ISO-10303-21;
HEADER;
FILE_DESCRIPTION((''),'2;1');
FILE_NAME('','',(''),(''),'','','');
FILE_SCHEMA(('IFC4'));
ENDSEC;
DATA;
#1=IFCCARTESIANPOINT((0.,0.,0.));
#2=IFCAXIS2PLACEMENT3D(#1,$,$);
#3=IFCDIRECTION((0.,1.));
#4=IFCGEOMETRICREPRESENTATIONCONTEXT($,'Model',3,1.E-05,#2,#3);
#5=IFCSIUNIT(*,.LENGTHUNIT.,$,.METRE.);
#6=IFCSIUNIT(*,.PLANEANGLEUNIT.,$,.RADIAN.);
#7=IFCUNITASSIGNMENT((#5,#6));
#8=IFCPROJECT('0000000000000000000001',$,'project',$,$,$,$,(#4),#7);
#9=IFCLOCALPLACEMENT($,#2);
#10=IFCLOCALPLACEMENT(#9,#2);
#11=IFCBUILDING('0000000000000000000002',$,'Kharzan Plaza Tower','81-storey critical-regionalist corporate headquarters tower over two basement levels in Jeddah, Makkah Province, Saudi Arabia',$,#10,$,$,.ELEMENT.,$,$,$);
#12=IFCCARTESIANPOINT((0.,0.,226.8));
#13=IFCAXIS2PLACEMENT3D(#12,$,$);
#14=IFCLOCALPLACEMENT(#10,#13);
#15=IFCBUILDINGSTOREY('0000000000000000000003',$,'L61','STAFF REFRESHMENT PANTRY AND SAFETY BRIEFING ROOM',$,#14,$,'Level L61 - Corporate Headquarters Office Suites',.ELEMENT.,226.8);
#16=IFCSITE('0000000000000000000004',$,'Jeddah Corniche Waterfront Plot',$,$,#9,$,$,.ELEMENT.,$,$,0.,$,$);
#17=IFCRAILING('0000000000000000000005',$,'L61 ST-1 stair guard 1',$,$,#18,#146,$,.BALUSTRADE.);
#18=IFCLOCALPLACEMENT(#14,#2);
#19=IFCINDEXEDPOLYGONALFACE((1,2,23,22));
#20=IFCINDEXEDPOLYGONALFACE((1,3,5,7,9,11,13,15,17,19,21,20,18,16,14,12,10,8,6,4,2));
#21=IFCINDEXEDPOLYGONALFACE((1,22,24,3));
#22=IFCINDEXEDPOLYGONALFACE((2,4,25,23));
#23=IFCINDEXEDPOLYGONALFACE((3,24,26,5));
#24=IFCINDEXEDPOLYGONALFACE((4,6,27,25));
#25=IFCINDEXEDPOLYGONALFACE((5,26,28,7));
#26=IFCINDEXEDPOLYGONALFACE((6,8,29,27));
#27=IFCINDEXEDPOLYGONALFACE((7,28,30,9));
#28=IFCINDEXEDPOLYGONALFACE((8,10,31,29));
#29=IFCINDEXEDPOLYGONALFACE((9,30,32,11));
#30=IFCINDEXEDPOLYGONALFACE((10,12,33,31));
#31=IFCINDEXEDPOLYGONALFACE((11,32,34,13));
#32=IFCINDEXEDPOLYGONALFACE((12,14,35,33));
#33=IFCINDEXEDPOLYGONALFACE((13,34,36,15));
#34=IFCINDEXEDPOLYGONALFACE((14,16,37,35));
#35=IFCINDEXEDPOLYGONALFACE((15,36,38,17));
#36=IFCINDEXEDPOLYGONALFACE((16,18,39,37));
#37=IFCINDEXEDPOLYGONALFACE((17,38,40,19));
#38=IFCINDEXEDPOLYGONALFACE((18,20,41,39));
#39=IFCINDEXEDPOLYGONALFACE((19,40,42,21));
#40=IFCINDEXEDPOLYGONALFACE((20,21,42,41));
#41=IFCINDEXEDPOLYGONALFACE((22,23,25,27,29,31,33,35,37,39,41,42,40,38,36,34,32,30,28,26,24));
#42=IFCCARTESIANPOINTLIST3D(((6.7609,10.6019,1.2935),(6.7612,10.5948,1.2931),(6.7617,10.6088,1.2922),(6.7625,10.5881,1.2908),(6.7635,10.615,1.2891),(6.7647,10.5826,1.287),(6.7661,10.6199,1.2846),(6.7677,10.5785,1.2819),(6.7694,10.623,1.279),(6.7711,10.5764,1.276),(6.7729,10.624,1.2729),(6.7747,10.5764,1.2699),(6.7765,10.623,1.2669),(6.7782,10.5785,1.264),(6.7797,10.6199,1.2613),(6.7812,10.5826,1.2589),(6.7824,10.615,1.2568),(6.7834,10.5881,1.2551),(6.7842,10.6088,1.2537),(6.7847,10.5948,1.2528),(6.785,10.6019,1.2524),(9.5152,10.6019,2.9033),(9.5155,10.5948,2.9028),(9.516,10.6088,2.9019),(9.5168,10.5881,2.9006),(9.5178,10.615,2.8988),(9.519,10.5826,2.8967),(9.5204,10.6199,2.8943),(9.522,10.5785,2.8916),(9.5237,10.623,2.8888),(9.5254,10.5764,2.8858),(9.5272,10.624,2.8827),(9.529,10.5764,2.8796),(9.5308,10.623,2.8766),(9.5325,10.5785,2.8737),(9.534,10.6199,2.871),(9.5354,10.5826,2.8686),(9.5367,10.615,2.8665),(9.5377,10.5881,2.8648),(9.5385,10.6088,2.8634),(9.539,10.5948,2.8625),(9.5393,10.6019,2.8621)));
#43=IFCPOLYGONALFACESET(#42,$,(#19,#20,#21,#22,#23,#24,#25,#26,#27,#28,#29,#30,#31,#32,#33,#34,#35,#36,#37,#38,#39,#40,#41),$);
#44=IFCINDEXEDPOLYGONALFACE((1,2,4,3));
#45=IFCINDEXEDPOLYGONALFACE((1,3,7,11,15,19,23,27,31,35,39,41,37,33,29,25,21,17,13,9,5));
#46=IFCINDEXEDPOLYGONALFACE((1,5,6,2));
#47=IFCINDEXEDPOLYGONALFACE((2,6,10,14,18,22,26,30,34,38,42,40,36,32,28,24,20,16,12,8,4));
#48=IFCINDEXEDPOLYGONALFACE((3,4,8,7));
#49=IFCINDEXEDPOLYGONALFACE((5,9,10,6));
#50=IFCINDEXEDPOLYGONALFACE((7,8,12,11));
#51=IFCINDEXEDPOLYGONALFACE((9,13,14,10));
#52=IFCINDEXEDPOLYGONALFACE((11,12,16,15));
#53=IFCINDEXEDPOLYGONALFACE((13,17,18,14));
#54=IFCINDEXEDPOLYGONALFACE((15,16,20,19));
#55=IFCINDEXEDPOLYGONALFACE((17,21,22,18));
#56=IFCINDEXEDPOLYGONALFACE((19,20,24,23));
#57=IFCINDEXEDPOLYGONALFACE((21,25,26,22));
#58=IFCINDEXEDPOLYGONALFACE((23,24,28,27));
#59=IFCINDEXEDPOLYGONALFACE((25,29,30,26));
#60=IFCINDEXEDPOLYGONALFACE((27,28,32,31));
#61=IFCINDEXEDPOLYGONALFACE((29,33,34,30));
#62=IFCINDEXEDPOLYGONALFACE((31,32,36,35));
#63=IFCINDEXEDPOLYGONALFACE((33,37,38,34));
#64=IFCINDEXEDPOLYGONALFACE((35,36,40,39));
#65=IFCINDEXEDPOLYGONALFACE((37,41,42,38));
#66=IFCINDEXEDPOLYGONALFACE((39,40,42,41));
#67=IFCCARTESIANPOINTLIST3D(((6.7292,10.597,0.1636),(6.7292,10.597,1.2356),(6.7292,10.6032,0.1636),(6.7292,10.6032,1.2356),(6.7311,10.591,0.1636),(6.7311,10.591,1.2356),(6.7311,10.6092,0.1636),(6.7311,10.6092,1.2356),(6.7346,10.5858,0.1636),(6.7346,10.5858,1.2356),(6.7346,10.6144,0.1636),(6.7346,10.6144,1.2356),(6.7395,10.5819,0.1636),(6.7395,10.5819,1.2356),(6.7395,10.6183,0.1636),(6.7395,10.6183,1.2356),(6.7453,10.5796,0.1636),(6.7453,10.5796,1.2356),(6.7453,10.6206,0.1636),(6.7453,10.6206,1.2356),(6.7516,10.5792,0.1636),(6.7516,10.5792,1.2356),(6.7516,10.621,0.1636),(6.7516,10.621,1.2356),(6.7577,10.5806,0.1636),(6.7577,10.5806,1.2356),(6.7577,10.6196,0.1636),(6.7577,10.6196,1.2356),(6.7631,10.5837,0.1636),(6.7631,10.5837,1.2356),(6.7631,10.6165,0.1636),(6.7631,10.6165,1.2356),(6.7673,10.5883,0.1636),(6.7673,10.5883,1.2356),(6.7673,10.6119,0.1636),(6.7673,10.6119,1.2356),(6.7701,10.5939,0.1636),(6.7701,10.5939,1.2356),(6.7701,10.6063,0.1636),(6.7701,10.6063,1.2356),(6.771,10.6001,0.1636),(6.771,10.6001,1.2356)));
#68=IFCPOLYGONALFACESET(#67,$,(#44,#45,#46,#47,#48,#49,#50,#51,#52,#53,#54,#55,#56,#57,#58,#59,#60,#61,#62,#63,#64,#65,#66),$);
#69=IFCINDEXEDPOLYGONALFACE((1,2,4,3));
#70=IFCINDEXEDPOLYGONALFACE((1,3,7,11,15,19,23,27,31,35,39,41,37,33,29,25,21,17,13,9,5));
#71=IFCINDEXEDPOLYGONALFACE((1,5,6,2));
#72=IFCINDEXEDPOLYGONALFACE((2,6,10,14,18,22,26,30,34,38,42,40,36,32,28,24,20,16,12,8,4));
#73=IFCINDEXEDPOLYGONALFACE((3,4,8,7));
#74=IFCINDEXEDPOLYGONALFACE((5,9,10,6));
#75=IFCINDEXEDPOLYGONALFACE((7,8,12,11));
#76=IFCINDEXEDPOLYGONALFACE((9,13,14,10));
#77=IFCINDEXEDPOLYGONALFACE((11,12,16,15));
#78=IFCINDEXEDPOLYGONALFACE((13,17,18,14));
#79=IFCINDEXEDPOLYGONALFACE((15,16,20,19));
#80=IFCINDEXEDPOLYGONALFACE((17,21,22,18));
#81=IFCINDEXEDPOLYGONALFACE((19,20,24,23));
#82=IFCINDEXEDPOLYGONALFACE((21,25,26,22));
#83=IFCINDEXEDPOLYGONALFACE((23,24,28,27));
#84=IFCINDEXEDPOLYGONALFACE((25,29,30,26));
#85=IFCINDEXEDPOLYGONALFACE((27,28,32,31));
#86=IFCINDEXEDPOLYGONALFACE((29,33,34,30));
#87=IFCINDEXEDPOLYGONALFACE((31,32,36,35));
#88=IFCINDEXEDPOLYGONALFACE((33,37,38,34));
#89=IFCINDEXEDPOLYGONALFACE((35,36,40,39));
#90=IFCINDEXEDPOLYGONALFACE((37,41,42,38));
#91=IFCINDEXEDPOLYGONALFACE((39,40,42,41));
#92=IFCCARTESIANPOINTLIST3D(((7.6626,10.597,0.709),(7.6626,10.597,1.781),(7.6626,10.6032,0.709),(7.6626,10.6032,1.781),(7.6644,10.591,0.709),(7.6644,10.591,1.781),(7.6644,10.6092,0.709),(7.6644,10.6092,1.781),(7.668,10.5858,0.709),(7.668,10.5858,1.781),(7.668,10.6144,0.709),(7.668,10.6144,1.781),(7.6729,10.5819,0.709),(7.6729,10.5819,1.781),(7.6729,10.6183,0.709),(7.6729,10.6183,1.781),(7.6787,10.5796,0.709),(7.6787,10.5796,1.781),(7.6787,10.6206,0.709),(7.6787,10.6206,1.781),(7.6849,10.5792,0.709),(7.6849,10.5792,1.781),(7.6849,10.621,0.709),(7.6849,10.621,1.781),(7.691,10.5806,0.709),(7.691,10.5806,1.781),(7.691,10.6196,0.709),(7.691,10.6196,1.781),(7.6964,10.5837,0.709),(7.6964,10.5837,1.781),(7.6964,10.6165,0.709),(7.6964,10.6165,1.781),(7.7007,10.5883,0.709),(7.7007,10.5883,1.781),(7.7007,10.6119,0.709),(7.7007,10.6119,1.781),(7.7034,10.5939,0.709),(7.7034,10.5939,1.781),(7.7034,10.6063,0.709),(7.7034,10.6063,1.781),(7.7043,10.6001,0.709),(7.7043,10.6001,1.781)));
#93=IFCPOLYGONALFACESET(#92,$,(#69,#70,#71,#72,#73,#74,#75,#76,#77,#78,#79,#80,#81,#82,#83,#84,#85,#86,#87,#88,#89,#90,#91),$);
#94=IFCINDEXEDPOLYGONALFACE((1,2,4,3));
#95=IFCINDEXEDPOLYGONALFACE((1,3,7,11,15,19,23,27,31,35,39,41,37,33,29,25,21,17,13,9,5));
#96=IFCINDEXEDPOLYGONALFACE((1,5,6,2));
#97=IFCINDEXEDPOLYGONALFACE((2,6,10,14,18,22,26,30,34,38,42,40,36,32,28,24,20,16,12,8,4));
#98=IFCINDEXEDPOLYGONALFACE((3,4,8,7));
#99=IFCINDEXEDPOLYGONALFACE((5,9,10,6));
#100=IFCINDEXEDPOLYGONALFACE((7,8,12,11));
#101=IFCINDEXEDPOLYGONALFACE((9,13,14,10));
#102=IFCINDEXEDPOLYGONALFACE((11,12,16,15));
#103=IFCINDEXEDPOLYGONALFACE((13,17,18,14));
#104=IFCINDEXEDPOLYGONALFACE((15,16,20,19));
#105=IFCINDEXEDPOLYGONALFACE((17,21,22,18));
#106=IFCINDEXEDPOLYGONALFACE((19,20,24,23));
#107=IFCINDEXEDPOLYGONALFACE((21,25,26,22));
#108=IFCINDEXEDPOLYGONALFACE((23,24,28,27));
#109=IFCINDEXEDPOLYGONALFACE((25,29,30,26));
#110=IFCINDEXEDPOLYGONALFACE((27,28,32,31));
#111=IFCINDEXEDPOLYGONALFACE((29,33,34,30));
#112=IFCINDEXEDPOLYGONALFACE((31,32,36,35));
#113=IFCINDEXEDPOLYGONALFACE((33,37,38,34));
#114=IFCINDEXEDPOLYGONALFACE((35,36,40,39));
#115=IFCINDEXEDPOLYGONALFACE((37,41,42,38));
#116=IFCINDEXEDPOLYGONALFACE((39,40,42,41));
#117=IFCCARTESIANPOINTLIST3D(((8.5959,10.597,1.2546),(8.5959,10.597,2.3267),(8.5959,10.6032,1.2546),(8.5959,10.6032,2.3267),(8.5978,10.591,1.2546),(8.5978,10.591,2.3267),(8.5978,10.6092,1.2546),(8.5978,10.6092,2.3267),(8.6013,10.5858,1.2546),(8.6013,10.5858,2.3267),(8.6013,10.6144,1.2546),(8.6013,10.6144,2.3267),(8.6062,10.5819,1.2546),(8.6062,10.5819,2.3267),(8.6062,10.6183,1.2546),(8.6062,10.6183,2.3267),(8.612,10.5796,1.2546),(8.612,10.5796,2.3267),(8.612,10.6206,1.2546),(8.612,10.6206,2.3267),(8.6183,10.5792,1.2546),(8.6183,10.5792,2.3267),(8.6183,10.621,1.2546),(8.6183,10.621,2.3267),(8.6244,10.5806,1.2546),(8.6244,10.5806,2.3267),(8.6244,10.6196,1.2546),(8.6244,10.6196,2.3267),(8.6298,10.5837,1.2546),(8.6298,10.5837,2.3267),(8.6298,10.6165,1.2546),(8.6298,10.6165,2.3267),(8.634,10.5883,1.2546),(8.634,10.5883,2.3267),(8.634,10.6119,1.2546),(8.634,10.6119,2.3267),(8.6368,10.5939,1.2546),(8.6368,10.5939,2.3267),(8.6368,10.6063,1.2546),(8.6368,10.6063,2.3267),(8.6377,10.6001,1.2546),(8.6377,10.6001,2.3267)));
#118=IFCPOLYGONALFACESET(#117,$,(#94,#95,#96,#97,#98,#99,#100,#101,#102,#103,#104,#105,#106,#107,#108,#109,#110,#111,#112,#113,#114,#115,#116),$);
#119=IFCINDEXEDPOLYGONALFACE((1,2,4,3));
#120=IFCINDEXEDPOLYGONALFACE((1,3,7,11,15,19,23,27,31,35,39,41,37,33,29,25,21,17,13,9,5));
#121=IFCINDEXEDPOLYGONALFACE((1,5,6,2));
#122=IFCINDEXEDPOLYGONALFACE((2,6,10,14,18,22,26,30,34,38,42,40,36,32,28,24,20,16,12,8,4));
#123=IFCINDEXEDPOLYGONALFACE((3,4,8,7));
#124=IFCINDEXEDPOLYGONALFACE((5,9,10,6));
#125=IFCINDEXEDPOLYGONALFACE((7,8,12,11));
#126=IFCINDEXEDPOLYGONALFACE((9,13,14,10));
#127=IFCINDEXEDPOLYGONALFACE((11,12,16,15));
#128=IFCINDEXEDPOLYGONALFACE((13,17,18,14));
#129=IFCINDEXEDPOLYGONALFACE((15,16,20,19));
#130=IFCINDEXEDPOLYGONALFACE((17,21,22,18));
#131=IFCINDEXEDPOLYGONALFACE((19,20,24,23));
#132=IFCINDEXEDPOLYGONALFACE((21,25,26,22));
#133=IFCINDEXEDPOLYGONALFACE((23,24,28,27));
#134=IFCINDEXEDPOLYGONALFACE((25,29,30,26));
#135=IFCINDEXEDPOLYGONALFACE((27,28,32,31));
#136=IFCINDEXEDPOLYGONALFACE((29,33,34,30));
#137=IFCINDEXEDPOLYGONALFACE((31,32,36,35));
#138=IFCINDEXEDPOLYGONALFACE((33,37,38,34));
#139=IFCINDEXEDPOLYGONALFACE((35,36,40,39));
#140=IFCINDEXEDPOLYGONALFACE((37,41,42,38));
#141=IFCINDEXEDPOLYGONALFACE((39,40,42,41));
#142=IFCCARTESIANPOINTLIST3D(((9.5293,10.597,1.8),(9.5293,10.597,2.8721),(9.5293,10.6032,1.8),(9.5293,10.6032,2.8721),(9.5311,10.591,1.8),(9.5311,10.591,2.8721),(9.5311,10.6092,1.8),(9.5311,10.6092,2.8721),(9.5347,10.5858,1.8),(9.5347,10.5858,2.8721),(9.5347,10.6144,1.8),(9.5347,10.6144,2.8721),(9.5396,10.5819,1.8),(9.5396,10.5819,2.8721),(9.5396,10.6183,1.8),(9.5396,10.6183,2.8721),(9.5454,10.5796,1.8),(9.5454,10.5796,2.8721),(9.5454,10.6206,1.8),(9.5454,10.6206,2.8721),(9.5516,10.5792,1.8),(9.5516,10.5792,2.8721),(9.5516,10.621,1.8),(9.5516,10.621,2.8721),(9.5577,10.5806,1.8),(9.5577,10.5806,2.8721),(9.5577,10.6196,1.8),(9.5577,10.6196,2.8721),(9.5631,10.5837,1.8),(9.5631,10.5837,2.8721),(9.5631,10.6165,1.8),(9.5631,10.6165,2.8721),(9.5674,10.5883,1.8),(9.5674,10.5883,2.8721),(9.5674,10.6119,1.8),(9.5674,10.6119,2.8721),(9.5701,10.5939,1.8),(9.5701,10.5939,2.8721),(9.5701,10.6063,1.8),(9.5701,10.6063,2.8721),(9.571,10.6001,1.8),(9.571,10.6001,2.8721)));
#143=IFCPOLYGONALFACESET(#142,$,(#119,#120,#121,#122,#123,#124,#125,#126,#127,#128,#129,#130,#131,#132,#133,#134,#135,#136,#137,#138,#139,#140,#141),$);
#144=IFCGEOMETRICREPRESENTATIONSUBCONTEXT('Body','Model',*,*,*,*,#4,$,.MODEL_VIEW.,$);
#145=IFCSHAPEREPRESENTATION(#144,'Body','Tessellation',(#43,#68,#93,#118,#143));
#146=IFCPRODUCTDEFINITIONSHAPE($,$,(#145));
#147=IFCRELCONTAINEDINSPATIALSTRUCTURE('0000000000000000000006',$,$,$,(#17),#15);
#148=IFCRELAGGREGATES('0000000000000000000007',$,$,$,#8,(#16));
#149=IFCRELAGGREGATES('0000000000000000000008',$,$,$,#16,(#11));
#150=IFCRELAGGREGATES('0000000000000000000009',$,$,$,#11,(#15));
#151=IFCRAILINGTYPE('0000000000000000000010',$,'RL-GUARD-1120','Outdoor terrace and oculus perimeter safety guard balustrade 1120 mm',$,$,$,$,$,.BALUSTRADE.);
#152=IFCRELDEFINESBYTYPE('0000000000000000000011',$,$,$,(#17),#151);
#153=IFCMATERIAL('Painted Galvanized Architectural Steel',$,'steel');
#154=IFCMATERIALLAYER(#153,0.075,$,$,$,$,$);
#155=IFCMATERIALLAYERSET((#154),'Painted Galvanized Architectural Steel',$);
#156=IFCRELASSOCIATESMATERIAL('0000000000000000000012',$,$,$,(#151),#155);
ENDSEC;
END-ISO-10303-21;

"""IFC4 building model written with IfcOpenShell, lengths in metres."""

from ifc_helpers import new_model, si_unit, direction, frame, origin, origin_2d, place, context, subcontext, project, spatial, circle, extrude, source, transform, mapped, material, layer, layer_set, type_object, element, save


model = new_model("IFC4")

# Units and contexts
model_context = context("Model", 3, precision=1e-05, world=origin(), true_north=direction((0.0, 1.0)))
body_context = subcontext(model_context, "Body", "Model", "MODEL_VIEW")
ifc_project = project(units=[si_unit("LENGTHUNIT", "METRE"), si_unit("PLANEANGLEUNIT", "RADIAN")], contexts=[model_context])

# Site, building, storey
site_placement = place(None, origin())
site = spatial("IfcSite", under=ifc_project, at=site_placement, Name="Jeddah Corniche Waterfront Plot", CompositionType="ELEMENT", RefElevation=0.0)
building_placement = place(site_placement, origin())
building = spatial("IfcBuilding", under=site, at=building_placement, Name="Kharzan Plaza Tower", Description="81-storey critical-regionalist corporate headquarters tower over two basement levels in Jeddah, Makkah Province, Saudi Arabia", CompositionType="ELEMENT")
storey_placement = place(building_placement, frame((0.0, 0.0, 226.8)))
storey = spatial("IfcBuildingStorey", under=building, at=storey_placement, Name="L61", Description="STAFF REFRESHMENT PANTRY AND SAFETY BRIEFING ROOM", LongName="Level L61 - Corporate Headquarters Office Suites", CompositionType="ELEMENT", Elevation=226.8)

# Railing
ifc_material_1 = material(Name="Painted Galvanized Architectural Steel", Category="steel")
ifc_layer_1 = layer(ifc_material_1, 0.075)
ifc_layer_set_1 = layer_set([ifc_layer_1], Name="Painted Galvanized Architectural Steel")
railing_type_1 = type_object("IfcRailingType", Name="RL-GUARD-1120", Description="Outdoor terrace and oculus perimeter safety guard balustrade 1120 mm", PredefinedType="BALUSTRADE", material=ifc_layer_set_1)
shared_shape_1 = source(origin(), body_context, "Body", "SweptSolid", [
    extrude(circle(Radius=0.0239, at=origin_2d()), frame((0.0229, 0.0, 1.1094), z_axis=(0.863361, 0.0, 0.504587), x_axis=(0.0, 1.0, 0.0)), (0.0, 0.0, 1.0), 3.1902),
    extrude(circle(Radius=0.021, at=origin_2d()), origin(), (0.0, 0.0, 1.0), 1.072),
    extrude(circle(Radius=0.021, at=origin_2d()), frame((0.9333, 0.0, 0.5454)), (0.0, 0.0, 1.0), 1.072),
    extrude(circle(Radius=0.021, at=origin_2d()), frame((1.8667, 0.0, 1.0911)), (0.0, 0.0, 1.0), 1.072),
    extrude(circle(Radius=0.021, at=origin_2d()), frame((2.8, 0.0, 1.6365)), (0.0, 0.0, 1.0), 1.072),
])
railing_1_placement = place(storey_placement, frame((6.75, 10.6001, 0.1636)))
element("IfcRailing", 1, at=railing_1_placement, inside=storey, type_object=railing_type_1, Name="L61 ST-1 stair guard 1", PredefinedType="BALUSTRADE", context=body_context, shape_type="MappedRepresentation", body=[
    mapped(shared_shape_1, transform((0.0, 0.0, 0.0), x_axis=(1.0, 0.0, 0.0), y_axis=(0.0, 1.0, 0.0), z_axis=(0.0, 0.0, 1.0))),
])

save(model, "model.ifc")
